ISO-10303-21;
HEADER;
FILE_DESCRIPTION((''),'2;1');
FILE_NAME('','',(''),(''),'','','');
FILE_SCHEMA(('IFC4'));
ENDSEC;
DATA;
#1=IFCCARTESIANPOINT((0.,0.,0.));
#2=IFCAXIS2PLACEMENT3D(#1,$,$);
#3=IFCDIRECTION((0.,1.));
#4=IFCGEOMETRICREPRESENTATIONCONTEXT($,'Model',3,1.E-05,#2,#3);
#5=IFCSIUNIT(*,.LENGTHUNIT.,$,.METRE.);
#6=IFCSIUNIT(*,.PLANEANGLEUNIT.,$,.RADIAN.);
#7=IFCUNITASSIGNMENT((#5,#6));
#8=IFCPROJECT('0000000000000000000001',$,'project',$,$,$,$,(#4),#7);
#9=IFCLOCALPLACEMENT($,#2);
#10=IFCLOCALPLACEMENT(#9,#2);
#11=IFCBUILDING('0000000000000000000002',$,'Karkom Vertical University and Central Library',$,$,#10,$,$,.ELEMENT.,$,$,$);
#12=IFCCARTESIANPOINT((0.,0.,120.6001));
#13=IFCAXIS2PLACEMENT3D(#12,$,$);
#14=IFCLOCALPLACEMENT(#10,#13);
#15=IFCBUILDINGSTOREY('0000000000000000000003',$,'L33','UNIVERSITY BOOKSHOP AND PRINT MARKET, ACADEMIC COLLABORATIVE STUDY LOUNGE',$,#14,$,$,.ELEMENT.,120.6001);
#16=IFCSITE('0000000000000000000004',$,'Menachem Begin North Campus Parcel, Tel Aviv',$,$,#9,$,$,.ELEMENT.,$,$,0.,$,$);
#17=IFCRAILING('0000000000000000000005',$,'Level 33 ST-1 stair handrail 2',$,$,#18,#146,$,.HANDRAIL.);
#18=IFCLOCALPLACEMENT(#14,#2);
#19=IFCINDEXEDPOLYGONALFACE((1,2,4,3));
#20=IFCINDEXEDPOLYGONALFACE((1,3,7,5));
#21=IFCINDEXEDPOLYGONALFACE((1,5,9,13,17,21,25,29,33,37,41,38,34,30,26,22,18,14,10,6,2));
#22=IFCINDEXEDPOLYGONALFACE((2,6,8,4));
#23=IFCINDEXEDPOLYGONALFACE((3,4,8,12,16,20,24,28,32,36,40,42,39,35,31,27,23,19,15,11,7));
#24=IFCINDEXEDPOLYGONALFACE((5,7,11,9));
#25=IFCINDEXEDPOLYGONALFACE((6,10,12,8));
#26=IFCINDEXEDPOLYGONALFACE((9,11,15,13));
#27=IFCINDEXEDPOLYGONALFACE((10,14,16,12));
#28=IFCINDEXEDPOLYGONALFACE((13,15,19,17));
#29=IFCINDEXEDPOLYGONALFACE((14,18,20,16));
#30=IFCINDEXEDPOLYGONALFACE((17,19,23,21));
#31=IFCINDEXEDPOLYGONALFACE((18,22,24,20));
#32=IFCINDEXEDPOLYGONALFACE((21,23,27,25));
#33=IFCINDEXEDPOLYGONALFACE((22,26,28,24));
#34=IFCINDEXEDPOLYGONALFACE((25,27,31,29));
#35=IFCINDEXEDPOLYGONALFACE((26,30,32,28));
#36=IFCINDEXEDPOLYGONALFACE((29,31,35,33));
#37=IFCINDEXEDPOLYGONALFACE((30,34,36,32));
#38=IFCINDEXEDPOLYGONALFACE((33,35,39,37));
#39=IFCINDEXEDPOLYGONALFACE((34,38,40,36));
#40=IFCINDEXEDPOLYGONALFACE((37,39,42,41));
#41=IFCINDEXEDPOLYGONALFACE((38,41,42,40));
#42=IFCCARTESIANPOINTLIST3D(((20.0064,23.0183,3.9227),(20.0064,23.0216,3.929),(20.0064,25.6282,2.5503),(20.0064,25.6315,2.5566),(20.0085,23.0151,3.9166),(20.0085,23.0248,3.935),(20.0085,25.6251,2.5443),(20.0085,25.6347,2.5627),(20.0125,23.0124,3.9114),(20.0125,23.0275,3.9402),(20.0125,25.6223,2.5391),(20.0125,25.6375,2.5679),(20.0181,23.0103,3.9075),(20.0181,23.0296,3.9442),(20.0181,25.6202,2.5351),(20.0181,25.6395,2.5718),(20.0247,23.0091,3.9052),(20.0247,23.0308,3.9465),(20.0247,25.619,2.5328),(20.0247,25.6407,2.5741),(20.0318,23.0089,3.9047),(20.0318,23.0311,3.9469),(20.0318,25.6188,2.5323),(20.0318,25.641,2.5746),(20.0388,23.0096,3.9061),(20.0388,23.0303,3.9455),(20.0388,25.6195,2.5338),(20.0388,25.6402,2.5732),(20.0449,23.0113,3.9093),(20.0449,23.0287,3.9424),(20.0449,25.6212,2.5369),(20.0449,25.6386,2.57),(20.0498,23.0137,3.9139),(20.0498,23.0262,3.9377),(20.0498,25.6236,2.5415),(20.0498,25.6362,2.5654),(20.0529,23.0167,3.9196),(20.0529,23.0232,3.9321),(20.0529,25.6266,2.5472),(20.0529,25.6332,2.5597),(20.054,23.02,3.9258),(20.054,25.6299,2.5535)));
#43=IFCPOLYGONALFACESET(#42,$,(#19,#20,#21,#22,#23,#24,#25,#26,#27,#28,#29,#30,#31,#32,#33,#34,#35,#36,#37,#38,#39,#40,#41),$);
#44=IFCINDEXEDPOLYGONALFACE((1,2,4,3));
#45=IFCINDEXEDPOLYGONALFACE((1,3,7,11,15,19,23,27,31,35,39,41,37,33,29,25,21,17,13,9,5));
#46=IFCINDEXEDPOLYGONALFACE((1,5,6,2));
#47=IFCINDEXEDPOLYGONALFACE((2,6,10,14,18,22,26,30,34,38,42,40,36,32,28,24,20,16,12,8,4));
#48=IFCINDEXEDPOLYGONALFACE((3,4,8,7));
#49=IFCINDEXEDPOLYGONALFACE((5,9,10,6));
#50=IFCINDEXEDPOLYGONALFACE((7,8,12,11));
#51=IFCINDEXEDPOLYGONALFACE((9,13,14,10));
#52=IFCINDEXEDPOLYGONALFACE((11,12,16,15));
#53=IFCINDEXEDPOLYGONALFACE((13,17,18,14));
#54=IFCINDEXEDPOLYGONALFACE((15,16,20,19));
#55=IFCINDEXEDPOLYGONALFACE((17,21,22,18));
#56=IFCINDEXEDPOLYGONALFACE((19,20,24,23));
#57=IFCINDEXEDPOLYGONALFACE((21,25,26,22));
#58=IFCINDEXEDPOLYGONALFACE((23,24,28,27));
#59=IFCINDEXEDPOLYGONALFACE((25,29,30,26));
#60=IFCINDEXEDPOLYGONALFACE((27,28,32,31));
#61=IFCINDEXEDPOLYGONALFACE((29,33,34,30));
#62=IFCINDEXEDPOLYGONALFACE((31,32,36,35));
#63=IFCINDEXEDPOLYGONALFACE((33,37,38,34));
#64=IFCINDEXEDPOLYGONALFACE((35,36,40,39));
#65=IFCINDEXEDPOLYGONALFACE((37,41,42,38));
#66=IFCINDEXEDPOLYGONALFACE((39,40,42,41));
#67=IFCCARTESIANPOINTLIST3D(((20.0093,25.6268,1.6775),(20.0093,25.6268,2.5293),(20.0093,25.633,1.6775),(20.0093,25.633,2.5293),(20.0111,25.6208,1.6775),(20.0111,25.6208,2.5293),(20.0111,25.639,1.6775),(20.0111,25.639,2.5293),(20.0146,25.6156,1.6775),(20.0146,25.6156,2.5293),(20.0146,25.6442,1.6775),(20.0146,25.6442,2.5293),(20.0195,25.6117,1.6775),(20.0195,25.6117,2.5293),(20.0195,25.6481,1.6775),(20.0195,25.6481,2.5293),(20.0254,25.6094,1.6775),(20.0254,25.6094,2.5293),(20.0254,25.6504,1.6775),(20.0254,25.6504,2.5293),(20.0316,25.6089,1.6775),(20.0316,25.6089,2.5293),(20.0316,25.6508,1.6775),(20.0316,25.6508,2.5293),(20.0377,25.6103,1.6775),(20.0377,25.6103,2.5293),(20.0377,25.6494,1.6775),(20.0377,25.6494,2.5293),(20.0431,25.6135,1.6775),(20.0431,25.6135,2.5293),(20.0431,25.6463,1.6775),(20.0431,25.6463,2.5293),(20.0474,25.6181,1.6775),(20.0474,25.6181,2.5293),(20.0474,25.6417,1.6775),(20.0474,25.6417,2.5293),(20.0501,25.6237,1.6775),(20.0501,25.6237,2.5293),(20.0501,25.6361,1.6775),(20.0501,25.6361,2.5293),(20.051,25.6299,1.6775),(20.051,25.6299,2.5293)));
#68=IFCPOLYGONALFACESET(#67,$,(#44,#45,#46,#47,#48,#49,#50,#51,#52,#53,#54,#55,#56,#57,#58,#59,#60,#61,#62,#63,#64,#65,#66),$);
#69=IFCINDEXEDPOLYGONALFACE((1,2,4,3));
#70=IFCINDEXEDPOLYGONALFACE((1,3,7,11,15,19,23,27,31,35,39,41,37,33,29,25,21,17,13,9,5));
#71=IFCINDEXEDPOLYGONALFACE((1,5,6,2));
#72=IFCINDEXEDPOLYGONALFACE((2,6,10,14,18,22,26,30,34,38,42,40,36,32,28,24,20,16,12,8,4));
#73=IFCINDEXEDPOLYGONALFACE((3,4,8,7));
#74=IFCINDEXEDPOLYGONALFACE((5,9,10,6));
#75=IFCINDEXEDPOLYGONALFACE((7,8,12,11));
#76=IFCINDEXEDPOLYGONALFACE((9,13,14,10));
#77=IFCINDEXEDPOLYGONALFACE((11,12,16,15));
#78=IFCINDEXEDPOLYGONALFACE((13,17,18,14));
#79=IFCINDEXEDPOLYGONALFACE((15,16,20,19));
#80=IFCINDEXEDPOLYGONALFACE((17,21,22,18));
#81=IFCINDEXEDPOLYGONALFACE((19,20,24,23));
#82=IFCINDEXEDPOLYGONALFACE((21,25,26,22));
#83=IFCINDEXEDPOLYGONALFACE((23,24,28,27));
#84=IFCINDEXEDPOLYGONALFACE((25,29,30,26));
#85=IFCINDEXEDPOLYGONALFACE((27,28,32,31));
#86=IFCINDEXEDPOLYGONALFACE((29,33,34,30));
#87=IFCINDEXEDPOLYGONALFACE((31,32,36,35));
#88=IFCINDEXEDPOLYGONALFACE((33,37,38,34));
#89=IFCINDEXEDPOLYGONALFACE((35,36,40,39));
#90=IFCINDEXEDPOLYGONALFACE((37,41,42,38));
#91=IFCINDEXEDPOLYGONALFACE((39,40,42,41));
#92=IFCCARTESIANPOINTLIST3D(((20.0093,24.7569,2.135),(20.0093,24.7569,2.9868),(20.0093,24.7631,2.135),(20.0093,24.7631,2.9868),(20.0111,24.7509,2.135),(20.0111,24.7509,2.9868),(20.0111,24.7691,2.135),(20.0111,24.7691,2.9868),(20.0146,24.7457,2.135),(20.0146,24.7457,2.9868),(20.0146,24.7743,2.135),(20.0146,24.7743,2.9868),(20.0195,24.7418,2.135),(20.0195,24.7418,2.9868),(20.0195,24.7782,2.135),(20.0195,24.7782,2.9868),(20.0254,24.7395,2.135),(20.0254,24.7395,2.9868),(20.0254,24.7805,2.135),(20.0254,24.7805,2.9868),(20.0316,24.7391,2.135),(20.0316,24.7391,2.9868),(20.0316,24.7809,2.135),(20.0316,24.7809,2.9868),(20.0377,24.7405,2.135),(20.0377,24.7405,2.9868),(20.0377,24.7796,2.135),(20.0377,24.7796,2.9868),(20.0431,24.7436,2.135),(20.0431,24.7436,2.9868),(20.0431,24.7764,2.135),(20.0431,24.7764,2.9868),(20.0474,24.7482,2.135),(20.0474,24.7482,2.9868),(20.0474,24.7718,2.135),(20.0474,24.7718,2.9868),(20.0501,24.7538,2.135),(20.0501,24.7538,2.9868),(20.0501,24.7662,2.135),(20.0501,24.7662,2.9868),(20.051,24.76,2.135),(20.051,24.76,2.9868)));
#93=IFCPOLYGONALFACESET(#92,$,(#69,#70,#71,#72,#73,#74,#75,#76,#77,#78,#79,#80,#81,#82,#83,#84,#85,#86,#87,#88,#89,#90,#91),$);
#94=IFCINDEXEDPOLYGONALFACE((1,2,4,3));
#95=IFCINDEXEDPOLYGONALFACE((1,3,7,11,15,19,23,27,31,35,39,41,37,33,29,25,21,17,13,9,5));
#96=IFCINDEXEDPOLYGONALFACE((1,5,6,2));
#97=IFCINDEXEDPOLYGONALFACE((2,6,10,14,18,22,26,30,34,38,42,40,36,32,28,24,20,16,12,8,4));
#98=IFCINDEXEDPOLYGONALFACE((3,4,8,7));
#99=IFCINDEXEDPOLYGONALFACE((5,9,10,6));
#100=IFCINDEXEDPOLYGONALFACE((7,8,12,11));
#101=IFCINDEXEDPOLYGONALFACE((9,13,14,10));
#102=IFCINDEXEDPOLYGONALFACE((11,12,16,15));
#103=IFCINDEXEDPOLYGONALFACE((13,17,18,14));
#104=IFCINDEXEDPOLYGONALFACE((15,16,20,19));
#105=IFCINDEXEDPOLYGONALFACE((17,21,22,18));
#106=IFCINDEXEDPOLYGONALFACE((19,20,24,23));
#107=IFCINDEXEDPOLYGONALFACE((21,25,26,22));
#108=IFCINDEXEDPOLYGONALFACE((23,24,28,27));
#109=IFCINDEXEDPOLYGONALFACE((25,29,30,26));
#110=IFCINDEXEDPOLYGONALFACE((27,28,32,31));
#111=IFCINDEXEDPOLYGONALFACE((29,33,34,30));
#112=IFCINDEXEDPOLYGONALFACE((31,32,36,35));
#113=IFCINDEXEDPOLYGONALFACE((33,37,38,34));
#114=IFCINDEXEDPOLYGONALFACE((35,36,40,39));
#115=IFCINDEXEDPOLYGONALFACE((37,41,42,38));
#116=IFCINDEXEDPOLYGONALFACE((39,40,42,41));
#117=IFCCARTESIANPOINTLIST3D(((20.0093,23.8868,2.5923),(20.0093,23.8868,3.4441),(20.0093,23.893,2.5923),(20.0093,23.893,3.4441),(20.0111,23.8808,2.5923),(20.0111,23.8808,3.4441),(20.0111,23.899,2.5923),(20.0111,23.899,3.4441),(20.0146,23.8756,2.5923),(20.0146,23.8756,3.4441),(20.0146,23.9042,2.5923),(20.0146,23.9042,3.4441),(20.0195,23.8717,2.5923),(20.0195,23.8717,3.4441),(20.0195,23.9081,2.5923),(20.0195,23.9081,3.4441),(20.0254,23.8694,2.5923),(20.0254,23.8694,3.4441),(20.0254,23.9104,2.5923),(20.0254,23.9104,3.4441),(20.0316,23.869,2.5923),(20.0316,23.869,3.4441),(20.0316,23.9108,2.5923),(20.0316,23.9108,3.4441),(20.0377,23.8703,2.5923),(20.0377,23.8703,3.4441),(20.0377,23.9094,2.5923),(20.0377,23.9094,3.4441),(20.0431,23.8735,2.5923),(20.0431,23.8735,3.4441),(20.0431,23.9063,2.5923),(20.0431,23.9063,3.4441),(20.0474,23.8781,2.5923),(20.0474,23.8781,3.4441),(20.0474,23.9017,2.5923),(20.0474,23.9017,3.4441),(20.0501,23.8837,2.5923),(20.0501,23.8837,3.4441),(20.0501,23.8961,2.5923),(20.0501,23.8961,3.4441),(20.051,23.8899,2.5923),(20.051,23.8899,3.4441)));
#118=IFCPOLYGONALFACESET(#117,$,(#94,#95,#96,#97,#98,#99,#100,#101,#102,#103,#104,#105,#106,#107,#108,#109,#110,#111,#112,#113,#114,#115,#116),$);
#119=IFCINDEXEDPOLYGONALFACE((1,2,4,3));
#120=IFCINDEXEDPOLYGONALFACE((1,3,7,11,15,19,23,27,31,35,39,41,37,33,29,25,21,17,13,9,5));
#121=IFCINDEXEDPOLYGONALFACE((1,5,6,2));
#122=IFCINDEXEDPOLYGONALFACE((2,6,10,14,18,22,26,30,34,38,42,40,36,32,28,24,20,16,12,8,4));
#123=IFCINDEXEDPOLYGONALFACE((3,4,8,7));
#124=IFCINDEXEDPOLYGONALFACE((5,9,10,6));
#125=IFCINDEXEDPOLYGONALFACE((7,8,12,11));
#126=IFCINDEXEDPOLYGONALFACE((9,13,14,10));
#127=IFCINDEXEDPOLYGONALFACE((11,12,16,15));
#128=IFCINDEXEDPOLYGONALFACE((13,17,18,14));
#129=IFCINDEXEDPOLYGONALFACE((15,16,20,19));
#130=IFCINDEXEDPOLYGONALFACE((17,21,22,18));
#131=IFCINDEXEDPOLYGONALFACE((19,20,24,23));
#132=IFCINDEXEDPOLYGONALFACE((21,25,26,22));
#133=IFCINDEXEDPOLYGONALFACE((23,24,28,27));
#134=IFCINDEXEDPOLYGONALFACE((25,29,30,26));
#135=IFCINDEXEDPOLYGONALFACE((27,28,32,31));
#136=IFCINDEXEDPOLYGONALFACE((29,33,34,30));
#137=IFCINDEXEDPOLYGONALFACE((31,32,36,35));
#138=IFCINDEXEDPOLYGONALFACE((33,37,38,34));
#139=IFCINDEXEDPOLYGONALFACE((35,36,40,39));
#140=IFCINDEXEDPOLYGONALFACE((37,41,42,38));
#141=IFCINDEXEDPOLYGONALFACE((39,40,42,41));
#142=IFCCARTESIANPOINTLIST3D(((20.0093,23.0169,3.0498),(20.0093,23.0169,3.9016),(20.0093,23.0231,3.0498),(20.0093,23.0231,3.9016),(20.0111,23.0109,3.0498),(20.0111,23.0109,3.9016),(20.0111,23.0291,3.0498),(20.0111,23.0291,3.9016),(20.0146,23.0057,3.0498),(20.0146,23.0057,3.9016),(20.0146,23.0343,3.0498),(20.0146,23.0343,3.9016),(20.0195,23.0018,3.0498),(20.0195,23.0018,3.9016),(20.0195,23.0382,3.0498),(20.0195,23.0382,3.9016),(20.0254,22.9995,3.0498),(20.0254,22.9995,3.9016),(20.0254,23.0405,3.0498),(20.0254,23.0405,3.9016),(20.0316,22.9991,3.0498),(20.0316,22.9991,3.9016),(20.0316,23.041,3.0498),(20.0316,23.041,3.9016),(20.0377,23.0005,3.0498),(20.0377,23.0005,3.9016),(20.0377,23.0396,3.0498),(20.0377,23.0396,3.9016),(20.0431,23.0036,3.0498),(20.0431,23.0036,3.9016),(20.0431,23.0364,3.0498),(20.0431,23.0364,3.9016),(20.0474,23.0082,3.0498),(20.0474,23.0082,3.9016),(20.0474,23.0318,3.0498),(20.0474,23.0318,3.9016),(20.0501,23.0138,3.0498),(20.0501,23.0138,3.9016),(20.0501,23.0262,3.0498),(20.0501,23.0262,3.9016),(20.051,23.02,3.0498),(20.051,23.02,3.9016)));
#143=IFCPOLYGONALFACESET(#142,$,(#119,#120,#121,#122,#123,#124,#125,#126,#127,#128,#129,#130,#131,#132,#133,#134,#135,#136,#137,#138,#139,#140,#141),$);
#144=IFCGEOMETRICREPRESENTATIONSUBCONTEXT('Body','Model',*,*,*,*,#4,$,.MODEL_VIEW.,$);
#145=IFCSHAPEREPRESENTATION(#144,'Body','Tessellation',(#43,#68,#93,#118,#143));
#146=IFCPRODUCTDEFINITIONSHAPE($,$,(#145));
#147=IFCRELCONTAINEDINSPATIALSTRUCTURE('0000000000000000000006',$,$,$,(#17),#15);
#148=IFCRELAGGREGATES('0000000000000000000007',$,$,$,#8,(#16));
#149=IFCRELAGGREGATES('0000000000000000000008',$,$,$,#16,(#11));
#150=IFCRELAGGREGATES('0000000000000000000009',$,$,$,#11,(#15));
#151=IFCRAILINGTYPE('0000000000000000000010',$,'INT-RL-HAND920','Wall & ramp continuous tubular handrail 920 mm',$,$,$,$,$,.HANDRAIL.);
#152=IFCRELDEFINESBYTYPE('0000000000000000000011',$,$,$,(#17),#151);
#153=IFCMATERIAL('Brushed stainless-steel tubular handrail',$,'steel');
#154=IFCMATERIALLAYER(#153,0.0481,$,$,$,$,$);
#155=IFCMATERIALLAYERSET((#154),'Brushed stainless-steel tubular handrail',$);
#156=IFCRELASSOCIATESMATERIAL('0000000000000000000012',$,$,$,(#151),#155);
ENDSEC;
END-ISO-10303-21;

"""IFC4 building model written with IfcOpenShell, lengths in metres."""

from ifc_helpers import new_model, si_unit, direction, frame, origin, origin_2d, place, context, subcontext, project, spatial, circle, extrude, material, layer, layer_set, type_object, element, save


model = new_model("IFC4")

# Units and contexts
model_context = context("Model", 3, precision=1e-05, world=origin(), true_north=direction((0.0, 1.0)))
body_context = subcontext(model_context, "Body", "Model", "MODEL_VIEW")
ifc_project = project(units=[si_unit("LENGTHUNIT", "METRE"), si_unit("PLANEANGLEUNIT", "RADIAN")], contexts=[model_context])

# Site, building, storey
site_placement = place(None, origin())
site = spatial("IfcSite", under=ifc_project, at=site_placement, Name="Menachem Begin North Campus Parcel, Tel Aviv", CompositionType="ELEMENT", RefElevation=0.0)
building_placement = place(site_placement, origin())
building = spatial("IfcBuilding", under=site, at=building_placement, Name="Karkom Vertical University and Central Library", CompositionType="ELEMENT")
storey_placement = place(building_placement, frame((0.0, 0.0, 120.6001)))
storey = spatial("IfcBuildingStorey", under=building, at=storey_placement, Name="L33", Description="UNIVERSITY BOOKSHOP AND PRINT MARKET, ACADEMIC COLLABORATIVE STUDY LOUNGE", CompositionType="ELEMENT", Elevation=120.6001)

# Railing
ifc_material_1 = material(Name="Brushed stainless-steel tubular handrail", Category="steel")
ifc_layer_1 = layer(ifc_material_1, 0.0481)
ifc_layer_set_1 = layer_set([ifc_layer_1], Name="Brushed stainless-steel tubular handrail")
railing_type_1 = type_object("IfcRailingType", Name="INT-RL-HAND920", Description="Wall & ramp continuous tubular handrail 920 mm", PredefinedType="HANDRAIL", material=ifc_layer_set_1)
railing_1_placement = place(storey_placement, frame((20.03, 25.6299, 1.6775)))
element("IfcRailing", 1, at=railing_1_placement, inside=storey, type_object=railing_type_1, Name="Level 33 ST-1 stair handrail 2", PredefinedType="HANDRAIL", context=body_context, shape_type="SweptSolid", body=[
    extrude(circle(Radius=0.0239, at=origin_2d()), frame((0.0, 0.0, 0.876), z_axis=(0.0, -0.8851, 0.465402), x_axis=(1.0, 0.0, 0.0)), (0.0, 0.0, 1.0), 2.9487),
    extrude(circle(Radius=0.021, at=origin_2d()), origin(), (0.0, 0.0, 1.0), 0.8518),
    extrude(circle(Radius=0.021, at=origin_2d()), frame((0.0, -0.8699, 0.4575)), (0.0, 0.0, 1.0), 0.8518),
    extrude(circle(Radius=0.021, at=origin_2d()), frame((0.0, -1.74, 0.9148)), (0.0, 0.0, 1.0), 0.8518),
    extrude(circle(Radius=0.021, at=origin_2d()), frame((0.0, -2.6099, 1.3723)), (0.0, 0.0, 1.0), 0.8518),
])

save(model, "model.ifc")
